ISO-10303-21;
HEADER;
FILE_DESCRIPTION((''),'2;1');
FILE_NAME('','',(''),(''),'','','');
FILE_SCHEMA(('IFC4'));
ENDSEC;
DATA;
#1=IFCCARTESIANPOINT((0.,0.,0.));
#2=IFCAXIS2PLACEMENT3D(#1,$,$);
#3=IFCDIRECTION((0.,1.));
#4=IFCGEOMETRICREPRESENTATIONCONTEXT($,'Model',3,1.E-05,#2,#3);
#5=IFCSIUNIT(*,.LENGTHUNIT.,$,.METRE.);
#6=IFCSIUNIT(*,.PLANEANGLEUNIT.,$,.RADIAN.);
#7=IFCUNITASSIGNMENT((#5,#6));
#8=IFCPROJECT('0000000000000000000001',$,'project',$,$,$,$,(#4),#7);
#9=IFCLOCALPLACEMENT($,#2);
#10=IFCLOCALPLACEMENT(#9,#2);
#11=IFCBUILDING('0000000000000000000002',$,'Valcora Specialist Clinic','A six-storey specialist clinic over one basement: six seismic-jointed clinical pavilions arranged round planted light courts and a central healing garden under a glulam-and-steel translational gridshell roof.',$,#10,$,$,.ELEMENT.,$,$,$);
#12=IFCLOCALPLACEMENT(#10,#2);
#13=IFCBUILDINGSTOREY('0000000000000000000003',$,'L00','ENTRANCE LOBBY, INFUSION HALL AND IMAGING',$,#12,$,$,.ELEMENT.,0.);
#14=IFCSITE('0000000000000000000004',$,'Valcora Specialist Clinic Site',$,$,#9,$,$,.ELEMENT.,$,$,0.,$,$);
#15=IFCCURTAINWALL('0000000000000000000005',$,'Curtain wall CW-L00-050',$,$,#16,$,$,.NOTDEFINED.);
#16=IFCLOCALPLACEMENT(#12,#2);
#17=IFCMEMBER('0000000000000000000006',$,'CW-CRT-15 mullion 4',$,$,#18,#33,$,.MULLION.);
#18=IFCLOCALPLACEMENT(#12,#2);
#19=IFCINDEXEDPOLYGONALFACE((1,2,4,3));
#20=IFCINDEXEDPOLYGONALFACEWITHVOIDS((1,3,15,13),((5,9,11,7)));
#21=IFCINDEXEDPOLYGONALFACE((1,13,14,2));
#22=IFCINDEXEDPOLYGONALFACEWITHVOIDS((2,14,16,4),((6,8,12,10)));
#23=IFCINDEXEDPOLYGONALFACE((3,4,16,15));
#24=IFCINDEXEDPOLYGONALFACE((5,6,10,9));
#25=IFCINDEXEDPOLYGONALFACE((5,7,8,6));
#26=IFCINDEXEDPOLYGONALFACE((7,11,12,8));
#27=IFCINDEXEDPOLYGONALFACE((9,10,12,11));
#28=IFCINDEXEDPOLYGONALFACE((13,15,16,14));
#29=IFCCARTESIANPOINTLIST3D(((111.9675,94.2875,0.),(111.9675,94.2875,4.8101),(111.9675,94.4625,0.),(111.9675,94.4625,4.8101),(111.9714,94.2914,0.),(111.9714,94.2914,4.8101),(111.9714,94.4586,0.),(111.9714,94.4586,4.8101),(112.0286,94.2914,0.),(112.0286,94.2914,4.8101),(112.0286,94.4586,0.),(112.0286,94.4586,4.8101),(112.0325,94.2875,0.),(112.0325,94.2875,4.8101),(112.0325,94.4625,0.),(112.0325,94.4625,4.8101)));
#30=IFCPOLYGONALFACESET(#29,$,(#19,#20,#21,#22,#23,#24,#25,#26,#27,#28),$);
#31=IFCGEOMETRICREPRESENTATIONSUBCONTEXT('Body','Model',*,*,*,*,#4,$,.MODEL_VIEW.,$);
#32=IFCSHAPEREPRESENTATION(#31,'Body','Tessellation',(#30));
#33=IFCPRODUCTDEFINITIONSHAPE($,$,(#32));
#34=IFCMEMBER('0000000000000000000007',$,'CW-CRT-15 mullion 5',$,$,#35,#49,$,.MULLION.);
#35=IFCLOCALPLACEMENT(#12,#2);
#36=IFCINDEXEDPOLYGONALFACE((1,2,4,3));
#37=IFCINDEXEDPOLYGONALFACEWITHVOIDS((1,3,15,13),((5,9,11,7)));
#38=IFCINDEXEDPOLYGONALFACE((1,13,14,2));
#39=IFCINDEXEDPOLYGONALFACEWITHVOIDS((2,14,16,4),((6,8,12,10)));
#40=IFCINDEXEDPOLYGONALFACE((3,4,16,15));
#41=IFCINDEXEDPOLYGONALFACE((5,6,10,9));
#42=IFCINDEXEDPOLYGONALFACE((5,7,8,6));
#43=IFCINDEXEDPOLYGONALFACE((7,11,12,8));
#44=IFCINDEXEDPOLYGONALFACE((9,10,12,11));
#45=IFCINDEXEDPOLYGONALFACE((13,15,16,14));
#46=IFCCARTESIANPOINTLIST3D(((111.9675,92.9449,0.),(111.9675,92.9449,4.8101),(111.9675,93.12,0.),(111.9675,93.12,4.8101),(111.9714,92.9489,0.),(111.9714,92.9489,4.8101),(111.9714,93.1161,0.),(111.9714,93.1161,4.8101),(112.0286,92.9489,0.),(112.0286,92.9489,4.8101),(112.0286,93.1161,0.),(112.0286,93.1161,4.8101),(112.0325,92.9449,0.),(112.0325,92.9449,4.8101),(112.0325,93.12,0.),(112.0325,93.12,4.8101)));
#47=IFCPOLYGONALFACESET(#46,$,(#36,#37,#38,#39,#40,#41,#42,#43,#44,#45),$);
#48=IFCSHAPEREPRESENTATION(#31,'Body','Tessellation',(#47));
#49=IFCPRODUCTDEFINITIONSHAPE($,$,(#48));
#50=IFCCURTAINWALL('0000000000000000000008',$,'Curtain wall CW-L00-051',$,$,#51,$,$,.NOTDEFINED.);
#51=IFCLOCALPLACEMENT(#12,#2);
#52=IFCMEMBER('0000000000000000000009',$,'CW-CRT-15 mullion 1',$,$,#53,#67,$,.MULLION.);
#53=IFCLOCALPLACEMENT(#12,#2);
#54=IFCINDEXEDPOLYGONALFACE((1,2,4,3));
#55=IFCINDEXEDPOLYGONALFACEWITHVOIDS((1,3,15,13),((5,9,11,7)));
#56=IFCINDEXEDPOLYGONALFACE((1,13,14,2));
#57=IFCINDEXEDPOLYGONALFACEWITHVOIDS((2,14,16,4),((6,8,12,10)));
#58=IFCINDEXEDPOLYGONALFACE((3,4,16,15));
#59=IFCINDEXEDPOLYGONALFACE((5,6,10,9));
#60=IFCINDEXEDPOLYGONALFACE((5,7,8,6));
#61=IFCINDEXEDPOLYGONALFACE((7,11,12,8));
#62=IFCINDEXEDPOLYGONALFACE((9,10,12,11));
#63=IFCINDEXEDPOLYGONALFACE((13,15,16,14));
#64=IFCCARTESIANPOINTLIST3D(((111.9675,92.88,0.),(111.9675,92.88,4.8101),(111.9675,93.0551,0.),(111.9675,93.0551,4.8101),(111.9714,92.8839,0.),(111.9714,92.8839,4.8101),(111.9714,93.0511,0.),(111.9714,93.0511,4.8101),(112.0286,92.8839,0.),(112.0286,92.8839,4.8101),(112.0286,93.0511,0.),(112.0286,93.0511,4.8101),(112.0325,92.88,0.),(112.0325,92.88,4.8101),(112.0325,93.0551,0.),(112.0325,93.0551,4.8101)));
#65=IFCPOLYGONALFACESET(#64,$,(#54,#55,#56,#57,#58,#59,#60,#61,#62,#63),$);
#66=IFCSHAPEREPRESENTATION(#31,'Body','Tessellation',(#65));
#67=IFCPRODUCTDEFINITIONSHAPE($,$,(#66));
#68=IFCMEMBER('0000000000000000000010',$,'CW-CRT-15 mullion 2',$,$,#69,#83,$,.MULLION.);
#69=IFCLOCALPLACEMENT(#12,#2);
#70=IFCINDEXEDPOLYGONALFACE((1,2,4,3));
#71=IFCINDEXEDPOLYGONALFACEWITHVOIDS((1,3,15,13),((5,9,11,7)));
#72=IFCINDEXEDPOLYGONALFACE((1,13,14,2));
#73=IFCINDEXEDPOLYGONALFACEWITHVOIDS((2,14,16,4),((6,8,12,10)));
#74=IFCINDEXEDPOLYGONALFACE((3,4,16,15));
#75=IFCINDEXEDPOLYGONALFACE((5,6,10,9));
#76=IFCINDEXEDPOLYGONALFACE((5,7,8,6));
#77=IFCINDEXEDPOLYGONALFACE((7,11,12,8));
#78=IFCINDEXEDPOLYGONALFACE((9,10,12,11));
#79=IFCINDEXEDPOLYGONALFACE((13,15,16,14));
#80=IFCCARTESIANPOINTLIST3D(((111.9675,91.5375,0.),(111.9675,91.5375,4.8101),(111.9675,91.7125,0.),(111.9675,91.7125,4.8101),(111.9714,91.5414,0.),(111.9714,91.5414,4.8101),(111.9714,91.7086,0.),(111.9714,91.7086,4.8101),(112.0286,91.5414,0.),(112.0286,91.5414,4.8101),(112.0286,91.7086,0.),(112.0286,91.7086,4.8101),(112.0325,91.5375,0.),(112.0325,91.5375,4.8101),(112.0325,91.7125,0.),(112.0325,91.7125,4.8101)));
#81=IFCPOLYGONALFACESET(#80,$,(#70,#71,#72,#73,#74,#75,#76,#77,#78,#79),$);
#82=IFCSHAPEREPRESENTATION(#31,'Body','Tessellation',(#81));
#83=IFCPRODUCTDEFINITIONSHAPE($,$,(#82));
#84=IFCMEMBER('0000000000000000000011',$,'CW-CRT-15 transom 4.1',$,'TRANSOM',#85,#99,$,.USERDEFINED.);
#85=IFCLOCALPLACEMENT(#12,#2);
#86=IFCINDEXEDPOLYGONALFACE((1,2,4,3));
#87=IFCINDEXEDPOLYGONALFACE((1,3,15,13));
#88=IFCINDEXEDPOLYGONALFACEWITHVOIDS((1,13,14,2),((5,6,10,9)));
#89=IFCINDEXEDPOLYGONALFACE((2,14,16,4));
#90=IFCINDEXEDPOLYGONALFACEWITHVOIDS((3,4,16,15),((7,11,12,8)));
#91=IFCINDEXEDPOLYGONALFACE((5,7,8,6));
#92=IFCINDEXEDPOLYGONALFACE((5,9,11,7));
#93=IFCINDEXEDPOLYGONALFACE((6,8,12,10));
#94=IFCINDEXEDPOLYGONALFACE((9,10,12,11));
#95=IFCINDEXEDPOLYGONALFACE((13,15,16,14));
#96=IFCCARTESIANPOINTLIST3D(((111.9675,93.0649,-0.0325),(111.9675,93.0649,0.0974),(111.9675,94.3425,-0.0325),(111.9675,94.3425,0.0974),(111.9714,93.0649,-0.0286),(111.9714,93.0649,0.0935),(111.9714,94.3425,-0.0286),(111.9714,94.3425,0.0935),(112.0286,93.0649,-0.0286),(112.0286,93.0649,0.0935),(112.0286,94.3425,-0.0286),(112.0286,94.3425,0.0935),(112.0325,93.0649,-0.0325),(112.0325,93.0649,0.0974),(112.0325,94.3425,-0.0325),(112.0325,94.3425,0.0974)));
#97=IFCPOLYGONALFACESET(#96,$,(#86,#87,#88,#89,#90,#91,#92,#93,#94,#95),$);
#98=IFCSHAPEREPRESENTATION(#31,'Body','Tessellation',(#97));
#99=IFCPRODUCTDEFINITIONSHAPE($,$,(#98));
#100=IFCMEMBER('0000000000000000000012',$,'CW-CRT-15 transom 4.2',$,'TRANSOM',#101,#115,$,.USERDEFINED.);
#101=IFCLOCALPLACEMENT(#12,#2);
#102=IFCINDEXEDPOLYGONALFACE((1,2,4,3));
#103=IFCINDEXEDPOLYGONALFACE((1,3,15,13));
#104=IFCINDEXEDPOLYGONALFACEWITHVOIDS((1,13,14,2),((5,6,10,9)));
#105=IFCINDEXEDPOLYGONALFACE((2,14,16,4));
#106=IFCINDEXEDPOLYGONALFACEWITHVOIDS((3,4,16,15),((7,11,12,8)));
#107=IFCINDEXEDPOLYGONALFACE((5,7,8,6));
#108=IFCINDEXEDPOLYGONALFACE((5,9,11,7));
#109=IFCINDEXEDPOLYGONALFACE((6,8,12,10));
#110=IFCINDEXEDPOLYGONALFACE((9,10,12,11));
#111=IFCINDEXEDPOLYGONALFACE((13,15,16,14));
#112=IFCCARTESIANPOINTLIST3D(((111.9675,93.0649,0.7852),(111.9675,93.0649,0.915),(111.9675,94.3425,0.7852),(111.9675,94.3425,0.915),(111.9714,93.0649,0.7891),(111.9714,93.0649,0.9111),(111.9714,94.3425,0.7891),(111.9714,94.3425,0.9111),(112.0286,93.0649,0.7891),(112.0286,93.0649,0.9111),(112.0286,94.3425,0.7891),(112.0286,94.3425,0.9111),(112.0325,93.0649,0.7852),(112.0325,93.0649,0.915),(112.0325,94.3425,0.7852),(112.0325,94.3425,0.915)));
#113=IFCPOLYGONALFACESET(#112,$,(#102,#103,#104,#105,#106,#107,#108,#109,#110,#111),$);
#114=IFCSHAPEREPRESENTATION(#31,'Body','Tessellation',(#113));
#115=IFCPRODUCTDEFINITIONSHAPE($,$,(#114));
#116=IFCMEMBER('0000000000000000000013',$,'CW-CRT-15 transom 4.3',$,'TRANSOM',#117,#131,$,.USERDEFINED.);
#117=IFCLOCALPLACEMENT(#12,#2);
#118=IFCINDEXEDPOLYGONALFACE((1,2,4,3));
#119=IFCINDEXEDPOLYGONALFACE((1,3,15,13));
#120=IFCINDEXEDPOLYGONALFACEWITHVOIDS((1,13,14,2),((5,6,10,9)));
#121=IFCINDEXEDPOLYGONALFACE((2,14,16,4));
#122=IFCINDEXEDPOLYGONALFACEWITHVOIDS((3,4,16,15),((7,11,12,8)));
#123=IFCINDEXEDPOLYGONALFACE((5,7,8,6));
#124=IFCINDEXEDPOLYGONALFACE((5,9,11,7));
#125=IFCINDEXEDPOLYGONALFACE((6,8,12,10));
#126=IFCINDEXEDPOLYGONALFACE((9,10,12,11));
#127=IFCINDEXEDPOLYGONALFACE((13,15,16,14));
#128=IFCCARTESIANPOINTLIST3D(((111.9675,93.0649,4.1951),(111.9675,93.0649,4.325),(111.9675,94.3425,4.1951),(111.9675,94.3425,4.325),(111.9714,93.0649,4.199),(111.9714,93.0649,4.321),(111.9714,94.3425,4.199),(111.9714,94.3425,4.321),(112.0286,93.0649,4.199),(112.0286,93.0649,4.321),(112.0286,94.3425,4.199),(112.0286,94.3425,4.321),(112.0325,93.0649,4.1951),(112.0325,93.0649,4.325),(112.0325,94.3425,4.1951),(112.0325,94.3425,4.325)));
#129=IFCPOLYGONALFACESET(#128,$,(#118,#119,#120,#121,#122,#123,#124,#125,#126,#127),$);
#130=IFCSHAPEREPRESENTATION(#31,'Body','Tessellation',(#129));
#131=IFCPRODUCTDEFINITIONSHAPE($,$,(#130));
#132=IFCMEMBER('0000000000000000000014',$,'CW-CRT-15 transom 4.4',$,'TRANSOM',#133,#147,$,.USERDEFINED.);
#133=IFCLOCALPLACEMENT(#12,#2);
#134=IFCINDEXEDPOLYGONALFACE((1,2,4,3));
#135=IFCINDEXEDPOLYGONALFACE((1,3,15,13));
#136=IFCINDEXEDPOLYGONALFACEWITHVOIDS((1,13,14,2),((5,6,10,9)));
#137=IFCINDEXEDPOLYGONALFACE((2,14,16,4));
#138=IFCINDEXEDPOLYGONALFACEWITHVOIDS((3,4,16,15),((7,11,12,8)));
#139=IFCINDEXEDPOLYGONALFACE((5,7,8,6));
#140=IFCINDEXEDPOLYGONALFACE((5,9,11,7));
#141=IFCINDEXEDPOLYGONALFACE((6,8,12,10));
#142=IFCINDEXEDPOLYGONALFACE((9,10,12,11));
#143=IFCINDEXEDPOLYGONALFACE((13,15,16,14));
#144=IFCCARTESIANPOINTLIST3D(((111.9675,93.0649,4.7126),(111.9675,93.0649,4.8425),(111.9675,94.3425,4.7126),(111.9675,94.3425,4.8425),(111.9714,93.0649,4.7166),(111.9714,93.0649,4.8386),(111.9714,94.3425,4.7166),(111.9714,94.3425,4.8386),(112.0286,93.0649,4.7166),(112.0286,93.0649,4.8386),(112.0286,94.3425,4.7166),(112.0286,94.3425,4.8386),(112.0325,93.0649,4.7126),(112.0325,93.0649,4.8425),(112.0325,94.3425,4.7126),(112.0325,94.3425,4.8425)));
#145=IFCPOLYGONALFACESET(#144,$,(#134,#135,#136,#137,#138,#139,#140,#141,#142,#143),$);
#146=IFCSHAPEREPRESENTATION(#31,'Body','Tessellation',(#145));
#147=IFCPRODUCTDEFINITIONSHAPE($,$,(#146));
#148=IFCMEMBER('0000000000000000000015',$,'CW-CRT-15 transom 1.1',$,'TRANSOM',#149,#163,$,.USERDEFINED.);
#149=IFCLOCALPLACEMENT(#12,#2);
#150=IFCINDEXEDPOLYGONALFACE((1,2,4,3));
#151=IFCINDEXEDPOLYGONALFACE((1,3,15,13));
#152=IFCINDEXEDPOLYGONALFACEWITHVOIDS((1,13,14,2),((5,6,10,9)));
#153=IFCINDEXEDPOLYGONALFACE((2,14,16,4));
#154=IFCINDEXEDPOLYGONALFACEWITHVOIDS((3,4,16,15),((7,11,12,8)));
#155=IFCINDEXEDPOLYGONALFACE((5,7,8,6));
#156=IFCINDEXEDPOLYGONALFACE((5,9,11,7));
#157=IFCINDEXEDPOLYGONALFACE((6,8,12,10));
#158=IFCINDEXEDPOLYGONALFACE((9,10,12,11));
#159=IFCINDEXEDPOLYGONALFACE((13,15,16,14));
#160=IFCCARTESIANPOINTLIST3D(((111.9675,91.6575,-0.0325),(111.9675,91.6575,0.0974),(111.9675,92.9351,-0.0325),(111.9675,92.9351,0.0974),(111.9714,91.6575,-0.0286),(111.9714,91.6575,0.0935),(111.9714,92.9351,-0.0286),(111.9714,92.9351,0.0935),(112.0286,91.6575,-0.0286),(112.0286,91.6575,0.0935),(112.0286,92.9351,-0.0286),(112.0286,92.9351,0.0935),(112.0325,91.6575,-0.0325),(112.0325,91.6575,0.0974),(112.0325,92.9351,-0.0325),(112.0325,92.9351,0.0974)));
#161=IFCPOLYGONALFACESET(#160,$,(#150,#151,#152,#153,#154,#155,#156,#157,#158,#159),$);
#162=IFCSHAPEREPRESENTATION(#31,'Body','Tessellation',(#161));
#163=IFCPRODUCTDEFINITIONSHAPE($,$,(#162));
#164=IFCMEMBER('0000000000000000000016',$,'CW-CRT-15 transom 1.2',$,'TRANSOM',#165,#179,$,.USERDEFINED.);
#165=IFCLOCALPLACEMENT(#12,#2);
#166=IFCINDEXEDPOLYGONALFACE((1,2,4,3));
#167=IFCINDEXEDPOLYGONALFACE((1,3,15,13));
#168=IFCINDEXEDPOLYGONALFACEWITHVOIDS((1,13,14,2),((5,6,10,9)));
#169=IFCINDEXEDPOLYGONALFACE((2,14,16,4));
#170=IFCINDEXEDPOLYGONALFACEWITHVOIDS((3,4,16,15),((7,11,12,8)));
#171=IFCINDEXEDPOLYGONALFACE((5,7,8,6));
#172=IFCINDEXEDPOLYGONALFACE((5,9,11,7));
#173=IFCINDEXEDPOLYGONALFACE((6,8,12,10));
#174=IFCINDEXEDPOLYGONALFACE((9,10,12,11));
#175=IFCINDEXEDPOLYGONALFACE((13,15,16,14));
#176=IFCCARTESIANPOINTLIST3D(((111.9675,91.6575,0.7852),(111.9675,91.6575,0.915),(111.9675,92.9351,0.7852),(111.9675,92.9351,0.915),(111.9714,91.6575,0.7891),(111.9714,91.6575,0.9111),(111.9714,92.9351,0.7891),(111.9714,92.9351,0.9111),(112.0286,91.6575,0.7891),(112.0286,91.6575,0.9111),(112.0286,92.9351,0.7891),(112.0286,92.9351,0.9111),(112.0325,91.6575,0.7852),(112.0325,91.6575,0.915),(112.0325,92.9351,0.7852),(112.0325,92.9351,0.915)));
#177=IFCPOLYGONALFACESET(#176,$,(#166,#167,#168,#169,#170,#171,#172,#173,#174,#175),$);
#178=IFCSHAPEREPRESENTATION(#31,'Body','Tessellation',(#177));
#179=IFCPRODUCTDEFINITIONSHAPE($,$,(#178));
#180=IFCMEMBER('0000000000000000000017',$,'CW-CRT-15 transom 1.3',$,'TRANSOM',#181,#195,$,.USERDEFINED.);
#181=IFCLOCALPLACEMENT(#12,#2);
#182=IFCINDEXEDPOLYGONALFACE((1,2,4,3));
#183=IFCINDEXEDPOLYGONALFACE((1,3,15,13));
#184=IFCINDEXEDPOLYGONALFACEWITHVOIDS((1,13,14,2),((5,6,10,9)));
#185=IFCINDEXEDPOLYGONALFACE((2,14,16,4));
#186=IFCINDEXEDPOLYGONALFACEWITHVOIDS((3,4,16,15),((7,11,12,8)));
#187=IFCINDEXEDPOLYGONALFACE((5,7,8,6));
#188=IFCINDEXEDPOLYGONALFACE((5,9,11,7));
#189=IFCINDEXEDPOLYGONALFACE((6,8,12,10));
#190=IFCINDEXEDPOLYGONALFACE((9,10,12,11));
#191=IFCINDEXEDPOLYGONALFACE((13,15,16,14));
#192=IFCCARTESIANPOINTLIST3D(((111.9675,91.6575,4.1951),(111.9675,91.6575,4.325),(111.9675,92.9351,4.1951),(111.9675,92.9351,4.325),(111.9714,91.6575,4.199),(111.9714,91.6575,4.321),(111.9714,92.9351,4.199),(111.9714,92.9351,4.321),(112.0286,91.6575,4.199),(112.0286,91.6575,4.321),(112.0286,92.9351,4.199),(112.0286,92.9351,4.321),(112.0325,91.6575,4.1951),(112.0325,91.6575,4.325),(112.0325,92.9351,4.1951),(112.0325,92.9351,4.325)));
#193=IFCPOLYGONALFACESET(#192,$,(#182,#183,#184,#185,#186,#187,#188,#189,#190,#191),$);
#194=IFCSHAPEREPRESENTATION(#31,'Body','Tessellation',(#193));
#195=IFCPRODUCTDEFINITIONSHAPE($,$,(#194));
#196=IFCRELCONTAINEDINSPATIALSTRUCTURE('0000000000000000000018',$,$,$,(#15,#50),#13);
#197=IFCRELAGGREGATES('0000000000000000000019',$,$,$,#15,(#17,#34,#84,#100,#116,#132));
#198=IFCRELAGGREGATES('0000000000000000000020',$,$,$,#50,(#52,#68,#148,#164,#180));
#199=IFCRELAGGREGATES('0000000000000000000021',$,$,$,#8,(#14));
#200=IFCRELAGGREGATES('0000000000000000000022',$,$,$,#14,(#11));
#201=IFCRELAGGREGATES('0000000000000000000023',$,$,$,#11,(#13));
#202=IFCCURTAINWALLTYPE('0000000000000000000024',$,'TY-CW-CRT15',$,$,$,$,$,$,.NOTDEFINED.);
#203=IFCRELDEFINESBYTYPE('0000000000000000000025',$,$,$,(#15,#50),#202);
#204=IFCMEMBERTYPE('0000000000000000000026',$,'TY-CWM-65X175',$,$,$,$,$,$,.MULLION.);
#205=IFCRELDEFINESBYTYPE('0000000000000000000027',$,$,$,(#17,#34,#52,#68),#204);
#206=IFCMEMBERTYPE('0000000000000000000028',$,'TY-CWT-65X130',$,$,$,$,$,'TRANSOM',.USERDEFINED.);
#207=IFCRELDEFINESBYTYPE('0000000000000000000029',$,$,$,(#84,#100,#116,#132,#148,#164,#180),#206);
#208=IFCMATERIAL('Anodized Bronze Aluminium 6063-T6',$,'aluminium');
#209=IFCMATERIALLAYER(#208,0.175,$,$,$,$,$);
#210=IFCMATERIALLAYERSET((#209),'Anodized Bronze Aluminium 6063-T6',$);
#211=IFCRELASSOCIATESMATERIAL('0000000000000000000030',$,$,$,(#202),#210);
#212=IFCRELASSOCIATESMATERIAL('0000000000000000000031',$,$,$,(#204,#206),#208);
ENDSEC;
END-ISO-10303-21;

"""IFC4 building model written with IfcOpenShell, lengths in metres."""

from ifc_helpers import new_model, si_unit, direction, frame, origin, origin_2d, place, context, subcontext, project, spatial, hollow_rectangle, extrude, material, layer, layer_set, material_profile, profile_set, type_object, element, aggregate, save


model = new_model("IFC4")

# Units and contexts
model_context = context("Model", 3, precision=1e-05, world=origin(), true_north=direction((0.0, 1.0)))
body_context = subcontext(model_context, "Body", "Model", "MODEL_VIEW")
ifc_project = project(units=[si_unit("LENGTHUNIT", "METRE"), si_unit("PLANEANGLEUNIT", "RADIAN")], contexts=[model_context])

# Site, building, storey
site_placement = place(None, origin())
site = spatial("IfcSite", under=ifc_project, at=site_placement, Name="Valcora Specialist Clinic Site", CompositionType="ELEMENT", RefElevation=0.0)
building_placement = place(site_placement, origin())
building = spatial("IfcBuilding", under=site, at=building_placement, Name="Valcora Specialist Clinic", Description="A six-storey specialist clinic over one basement: six seismic-jointed clinical pavilions arranged round planted light courts and a central healing garden under a glulam-and-steel translational gridshell roof.", CompositionType="ELEMENT")
storey_placement = place(building_placement, origin())
storey = spatial("IfcBuildingStorey", under=building, at=storey_placement, Name="L00", Description="ENTRANCE LOBBY, INFUSION HALL AND IMAGING", CompositionType="ELEMENT", Elevation=0.0)

# Curtain walls, members
ifc_material_1 = material(Name="Anodized Bronze Aluminium 6063-T6", Category="aluminium")
ifc_layer_1 = layer(ifc_material_1, 0.175)
ifc_layer_set_1 = layer_set([ifc_layer_1], Name="Anodized Bronze Aluminium 6063-T6")
curtain_wall_type = type_object("IfcCurtainWallType", Name="TY-CW-CRT15", PredefinedType="NOTDEFINED", material=ifc_layer_set_1)
curtain_wall_1_placement = place(storey_placement, origin())
curtain_wall_1 = element("IfcCurtainWall", 1, at=curtain_wall_1_placement, inside=storey, type_object=curtain_wall_type, Name="Curtain wall CW-L00-050", PredefinedType="NOTDEFINED")
ifc_material_profile_1 = material_profile(ifc_material_1, hollow_rectangle(XDim=0.0649, YDim=0.175, WallThickness=0.0039, at=origin_2d()), Name="AL-MUL-65X175")
ifc_profile_set_1 = profile_set([ifc_material_profile_1], Name="Anodized Bronze Aluminium 6063-T6")
member_type_1 = type_object("IfcMemberType", Name="TY-CWM-65X175", PredefinedType="MULLION", material=ifc_profile_set_1)
member_1_placement = place(storey_placement, frame((112.0, 94.375, 0.0), z_axis=(0.0, 0.0, 1.0), x_axis=(1.0, 0.0, 0.0)))
member_1 = element("IfcMember", 2, at=member_1_placement, type_object=member_type_1, Name="CW-CRT-15 mullion 4", PredefinedType="MULLION", context=body_context, shape_type="SweptSolid", body=[
    extrude(hollow_rectangle(XDim=0.0649, YDim=0.175, WallThickness=0.0039, at=origin_2d()), origin(), (0.0, 0.0, 1.0), 4.8101),
])
member_2_placement = place(storey_placement, frame((112.0, 93.0325, 0.0), z_axis=(0.0, 0.0, 1.0), x_axis=(1.0, 0.0, 0.0)))
member_2 = element("IfcMember", 3, at=member_2_placement, type_object=member_type_1, Name="CW-CRT-15 mullion 5", PredefinedType="MULLION", context=body_context, shape_type="SweptSolid", body=[
    extrude(hollow_rectangle(XDim=0.0649, YDim=0.175, WallThickness=0.0039, at=origin_2d()), origin(), (0.0, 0.0, 1.0), 4.8101),
])
curtain_wall_2_placement = place(storey_placement, origin())
curtain_wall_2 = element("IfcCurtainWall", 4, at=curtain_wall_2_placement, inside=storey, type_object=curtain_wall_type, Name="Curtain wall CW-L00-051", PredefinedType="NOTDEFINED")
member_3_placement = place(storey_placement, frame((112.0, 92.9675, 0.0), z_axis=(0.0, 0.0, 1.0), x_axis=(1.0, 0.0, 0.0)))
member_3 = element("IfcMember", 5, at=member_3_placement, type_object=member_type_1, Name="CW-CRT-15 mullion 1", PredefinedType="MULLION", context=body_context, shape_type="SweptSolid", body=[
    extrude(hollow_rectangle(XDim=0.0649, YDim=0.175, WallThickness=0.0039, at=origin_2d()), origin(), (0.0, 0.0, 1.0), 4.8101),
])
member_4_placement = place(storey_placement, frame((112.0, 91.625, 0.0), z_axis=(0.0, 0.0, 1.0), x_axis=(1.0, 0.0, 0.0)))
member_4 = element("IfcMember", 6, at=member_4_placement, type_object=member_type_1, Name="CW-CRT-15 mullion 2", PredefinedType="MULLION", context=body_context, shape_type="SweptSolid", body=[
    extrude(hollow_rectangle(XDim=0.0649, YDim=0.175, WallThickness=0.0039, at=origin_2d()), origin(), (0.0, 0.0, 1.0), 4.8101),
])

# Members
ifc_material_profile_2 = material_profile(ifc_material_1, hollow_rectangle(XDim=0.0649, YDim=0.1299, WallThickness=0.0039, at=origin_2d()), Name="AL-TRN-65X130")
ifc_profile_set_2 = profile_set([ifc_material_profile_2], Name="Anodized Bronze Aluminium 6063-T6")
member_type_2 = type_object("IfcMemberType", Name="TY-CWT-65X130", ElementType="TRANSOM", PredefinedType="USERDEFINED", material=ifc_profile_set_2)
member_5_placement = place(storey_placement, frame((112.0, 94.3425, 0.0325), z_axis=(0.0, -1.0, 0.0), x_axis=(1.0, 0.0, 0.0)))
member_5 = element("IfcMember", 7, at=member_5_placement, type_object=member_type_2, Name="CW-CRT-15 transom 4.1", ObjectType="TRANSOM", PredefinedType="USERDEFINED", context=body_context, shape_type="SweptSolid", body=[
    extrude(hollow_rectangle(XDim=0.0649, YDim=0.1299, WallThickness=0.0039, at=origin_2d()), origin(), (0.0, 0.0, 1.0), 1.2776),
])
member_6_placement = place(storey_placement, frame((112.0, 94.3425, 0.8501), z_axis=(0.0, -1.0, 0.0), x_axis=(1.0, 0.0, 0.0)))
member_6 = element("IfcMember", 8, at=member_6_placement, type_object=member_type_2, Name="CW-CRT-15 transom 4.2", ObjectType="TRANSOM", PredefinedType="USERDEFINED", context=body_context, shape_type="SweptSolid", body=[
    extrude(hollow_rectangle(XDim=0.0649, YDim=0.1299, WallThickness=0.0039, at=origin_2d()), origin(), (0.0, 0.0, 1.0), 1.2776),
])
member_7_placement = place(storey_placement, frame((112.0, 94.3425, 4.26), z_axis=(0.0, -1.0, 0.0), x_axis=(1.0, 0.0, 0.0)))
member_7 = element("IfcMember", 9, at=member_7_placement, type_object=member_type_2, Name="CW-CRT-15 transom 4.3", ObjectType="TRANSOM", PredefinedType="USERDEFINED", context=body_context, shape_type="SweptSolid", body=[
    extrude(hollow_rectangle(XDim=0.0649, YDim=0.1299, WallThickness=0.0039, at=origin_2d()), origin(), (0.0, 0.0, 1.0), 1.2776),
])
member_8_placement = place(storey_placement, frame((112.0, 94.3425, 4.7776), z_axis=(0.0, -1.0, 0.0), x_axis=(1.0, 0.0, 0.0)))
member_8 = element("IfcMember", 10, at=member_8_placement, type_object=member_type_2, Name="CW-CRT-15 transom 4.4", ObjectType="TRANSOM", PredefinedType="USERDEFINED", context=body_context, shape_type="SweptSolid", body=[
    extrude(hollow_rectangle(XDim=0.0649, YDim=0.1299, WallThickness=0.0039, at=origin_2d()), origin(), (0.0, 0.0, 1.0), 1.2776),
])
member_9_placement = place(storey_placement, frame((112.0, 92.9351, 0.0325), z_axis=(0.0, -1.0, 0.0), x_axis=(1.0, 0.0, 0.0)))
member_9 = element("IfcMember", 11, at=member_9_placement, type_object=member_type_2, Name="CW-CRT-15 transom 1.1", ObjectType="TRANSOM", PredefinedType="USERDEFINED", context=body_context, shape_type="SweptSolid", body=[
    extrude(hollow_rectangle(XDim=0.0649, YDim=0.1299, WallThickness=0.0039, at=origin_2d()), origin(), (0.0, 0.0, 1.0), 1.2776),
])
member_10_placement = place(storey_placement, frame((112.0, 92.9351, 0.8501), z_axis=(0.0, -1.0, 0.0), x_axis=(1.0, 0.0, 0.0)))
member_10 = element("IfcMember", 12, at=member_10_placement, type_object=member_type_2, Name="CW-CRT-15 transom 1.2", ObjectType="TRANSOM", PredefinedType="USERDEFINED", context=body_context, shape_type="SweptSolid", body=[
    extrude(hollow_rectangle(XDim=0.0649, YDim=0.1299, WallThickness=0.0039, at=origin_2d()), origin(), (0.0, 0.0, 1.0), 1.2776),
])
member_11_placement = place(storey_placement, frame((112.0, 92.9351, 4.26), z_axis=(0.0, -1.0, 0.0), x_axis=(1.0, 0.0, 0.0)))
member_11 = element("IfcMember", 13, at=member_11_placement, type_object=member_type_2, Name="CW-CRT-15 transom 1.3", ObjectType="TRANSOM", PredefinedType="USERDEFINED", context=body_context, shape_type="SweptSolid", body=[
    extrude(hollow_rectangle(XDim=0.0649, YDim=0.1299, WallThickness=0.0039, at=origin_2d()), origin(), (0.0, 0.0, 1.0), 1.2776),
])

aggregate(curtain_wall_1, [member_1, member_2, member_5, member_6, member_7, member_8])
aggregate(curtain_wall_2, [member_3, member_4, member_9, member_10, member_11])

save(model, "model.ifc")
